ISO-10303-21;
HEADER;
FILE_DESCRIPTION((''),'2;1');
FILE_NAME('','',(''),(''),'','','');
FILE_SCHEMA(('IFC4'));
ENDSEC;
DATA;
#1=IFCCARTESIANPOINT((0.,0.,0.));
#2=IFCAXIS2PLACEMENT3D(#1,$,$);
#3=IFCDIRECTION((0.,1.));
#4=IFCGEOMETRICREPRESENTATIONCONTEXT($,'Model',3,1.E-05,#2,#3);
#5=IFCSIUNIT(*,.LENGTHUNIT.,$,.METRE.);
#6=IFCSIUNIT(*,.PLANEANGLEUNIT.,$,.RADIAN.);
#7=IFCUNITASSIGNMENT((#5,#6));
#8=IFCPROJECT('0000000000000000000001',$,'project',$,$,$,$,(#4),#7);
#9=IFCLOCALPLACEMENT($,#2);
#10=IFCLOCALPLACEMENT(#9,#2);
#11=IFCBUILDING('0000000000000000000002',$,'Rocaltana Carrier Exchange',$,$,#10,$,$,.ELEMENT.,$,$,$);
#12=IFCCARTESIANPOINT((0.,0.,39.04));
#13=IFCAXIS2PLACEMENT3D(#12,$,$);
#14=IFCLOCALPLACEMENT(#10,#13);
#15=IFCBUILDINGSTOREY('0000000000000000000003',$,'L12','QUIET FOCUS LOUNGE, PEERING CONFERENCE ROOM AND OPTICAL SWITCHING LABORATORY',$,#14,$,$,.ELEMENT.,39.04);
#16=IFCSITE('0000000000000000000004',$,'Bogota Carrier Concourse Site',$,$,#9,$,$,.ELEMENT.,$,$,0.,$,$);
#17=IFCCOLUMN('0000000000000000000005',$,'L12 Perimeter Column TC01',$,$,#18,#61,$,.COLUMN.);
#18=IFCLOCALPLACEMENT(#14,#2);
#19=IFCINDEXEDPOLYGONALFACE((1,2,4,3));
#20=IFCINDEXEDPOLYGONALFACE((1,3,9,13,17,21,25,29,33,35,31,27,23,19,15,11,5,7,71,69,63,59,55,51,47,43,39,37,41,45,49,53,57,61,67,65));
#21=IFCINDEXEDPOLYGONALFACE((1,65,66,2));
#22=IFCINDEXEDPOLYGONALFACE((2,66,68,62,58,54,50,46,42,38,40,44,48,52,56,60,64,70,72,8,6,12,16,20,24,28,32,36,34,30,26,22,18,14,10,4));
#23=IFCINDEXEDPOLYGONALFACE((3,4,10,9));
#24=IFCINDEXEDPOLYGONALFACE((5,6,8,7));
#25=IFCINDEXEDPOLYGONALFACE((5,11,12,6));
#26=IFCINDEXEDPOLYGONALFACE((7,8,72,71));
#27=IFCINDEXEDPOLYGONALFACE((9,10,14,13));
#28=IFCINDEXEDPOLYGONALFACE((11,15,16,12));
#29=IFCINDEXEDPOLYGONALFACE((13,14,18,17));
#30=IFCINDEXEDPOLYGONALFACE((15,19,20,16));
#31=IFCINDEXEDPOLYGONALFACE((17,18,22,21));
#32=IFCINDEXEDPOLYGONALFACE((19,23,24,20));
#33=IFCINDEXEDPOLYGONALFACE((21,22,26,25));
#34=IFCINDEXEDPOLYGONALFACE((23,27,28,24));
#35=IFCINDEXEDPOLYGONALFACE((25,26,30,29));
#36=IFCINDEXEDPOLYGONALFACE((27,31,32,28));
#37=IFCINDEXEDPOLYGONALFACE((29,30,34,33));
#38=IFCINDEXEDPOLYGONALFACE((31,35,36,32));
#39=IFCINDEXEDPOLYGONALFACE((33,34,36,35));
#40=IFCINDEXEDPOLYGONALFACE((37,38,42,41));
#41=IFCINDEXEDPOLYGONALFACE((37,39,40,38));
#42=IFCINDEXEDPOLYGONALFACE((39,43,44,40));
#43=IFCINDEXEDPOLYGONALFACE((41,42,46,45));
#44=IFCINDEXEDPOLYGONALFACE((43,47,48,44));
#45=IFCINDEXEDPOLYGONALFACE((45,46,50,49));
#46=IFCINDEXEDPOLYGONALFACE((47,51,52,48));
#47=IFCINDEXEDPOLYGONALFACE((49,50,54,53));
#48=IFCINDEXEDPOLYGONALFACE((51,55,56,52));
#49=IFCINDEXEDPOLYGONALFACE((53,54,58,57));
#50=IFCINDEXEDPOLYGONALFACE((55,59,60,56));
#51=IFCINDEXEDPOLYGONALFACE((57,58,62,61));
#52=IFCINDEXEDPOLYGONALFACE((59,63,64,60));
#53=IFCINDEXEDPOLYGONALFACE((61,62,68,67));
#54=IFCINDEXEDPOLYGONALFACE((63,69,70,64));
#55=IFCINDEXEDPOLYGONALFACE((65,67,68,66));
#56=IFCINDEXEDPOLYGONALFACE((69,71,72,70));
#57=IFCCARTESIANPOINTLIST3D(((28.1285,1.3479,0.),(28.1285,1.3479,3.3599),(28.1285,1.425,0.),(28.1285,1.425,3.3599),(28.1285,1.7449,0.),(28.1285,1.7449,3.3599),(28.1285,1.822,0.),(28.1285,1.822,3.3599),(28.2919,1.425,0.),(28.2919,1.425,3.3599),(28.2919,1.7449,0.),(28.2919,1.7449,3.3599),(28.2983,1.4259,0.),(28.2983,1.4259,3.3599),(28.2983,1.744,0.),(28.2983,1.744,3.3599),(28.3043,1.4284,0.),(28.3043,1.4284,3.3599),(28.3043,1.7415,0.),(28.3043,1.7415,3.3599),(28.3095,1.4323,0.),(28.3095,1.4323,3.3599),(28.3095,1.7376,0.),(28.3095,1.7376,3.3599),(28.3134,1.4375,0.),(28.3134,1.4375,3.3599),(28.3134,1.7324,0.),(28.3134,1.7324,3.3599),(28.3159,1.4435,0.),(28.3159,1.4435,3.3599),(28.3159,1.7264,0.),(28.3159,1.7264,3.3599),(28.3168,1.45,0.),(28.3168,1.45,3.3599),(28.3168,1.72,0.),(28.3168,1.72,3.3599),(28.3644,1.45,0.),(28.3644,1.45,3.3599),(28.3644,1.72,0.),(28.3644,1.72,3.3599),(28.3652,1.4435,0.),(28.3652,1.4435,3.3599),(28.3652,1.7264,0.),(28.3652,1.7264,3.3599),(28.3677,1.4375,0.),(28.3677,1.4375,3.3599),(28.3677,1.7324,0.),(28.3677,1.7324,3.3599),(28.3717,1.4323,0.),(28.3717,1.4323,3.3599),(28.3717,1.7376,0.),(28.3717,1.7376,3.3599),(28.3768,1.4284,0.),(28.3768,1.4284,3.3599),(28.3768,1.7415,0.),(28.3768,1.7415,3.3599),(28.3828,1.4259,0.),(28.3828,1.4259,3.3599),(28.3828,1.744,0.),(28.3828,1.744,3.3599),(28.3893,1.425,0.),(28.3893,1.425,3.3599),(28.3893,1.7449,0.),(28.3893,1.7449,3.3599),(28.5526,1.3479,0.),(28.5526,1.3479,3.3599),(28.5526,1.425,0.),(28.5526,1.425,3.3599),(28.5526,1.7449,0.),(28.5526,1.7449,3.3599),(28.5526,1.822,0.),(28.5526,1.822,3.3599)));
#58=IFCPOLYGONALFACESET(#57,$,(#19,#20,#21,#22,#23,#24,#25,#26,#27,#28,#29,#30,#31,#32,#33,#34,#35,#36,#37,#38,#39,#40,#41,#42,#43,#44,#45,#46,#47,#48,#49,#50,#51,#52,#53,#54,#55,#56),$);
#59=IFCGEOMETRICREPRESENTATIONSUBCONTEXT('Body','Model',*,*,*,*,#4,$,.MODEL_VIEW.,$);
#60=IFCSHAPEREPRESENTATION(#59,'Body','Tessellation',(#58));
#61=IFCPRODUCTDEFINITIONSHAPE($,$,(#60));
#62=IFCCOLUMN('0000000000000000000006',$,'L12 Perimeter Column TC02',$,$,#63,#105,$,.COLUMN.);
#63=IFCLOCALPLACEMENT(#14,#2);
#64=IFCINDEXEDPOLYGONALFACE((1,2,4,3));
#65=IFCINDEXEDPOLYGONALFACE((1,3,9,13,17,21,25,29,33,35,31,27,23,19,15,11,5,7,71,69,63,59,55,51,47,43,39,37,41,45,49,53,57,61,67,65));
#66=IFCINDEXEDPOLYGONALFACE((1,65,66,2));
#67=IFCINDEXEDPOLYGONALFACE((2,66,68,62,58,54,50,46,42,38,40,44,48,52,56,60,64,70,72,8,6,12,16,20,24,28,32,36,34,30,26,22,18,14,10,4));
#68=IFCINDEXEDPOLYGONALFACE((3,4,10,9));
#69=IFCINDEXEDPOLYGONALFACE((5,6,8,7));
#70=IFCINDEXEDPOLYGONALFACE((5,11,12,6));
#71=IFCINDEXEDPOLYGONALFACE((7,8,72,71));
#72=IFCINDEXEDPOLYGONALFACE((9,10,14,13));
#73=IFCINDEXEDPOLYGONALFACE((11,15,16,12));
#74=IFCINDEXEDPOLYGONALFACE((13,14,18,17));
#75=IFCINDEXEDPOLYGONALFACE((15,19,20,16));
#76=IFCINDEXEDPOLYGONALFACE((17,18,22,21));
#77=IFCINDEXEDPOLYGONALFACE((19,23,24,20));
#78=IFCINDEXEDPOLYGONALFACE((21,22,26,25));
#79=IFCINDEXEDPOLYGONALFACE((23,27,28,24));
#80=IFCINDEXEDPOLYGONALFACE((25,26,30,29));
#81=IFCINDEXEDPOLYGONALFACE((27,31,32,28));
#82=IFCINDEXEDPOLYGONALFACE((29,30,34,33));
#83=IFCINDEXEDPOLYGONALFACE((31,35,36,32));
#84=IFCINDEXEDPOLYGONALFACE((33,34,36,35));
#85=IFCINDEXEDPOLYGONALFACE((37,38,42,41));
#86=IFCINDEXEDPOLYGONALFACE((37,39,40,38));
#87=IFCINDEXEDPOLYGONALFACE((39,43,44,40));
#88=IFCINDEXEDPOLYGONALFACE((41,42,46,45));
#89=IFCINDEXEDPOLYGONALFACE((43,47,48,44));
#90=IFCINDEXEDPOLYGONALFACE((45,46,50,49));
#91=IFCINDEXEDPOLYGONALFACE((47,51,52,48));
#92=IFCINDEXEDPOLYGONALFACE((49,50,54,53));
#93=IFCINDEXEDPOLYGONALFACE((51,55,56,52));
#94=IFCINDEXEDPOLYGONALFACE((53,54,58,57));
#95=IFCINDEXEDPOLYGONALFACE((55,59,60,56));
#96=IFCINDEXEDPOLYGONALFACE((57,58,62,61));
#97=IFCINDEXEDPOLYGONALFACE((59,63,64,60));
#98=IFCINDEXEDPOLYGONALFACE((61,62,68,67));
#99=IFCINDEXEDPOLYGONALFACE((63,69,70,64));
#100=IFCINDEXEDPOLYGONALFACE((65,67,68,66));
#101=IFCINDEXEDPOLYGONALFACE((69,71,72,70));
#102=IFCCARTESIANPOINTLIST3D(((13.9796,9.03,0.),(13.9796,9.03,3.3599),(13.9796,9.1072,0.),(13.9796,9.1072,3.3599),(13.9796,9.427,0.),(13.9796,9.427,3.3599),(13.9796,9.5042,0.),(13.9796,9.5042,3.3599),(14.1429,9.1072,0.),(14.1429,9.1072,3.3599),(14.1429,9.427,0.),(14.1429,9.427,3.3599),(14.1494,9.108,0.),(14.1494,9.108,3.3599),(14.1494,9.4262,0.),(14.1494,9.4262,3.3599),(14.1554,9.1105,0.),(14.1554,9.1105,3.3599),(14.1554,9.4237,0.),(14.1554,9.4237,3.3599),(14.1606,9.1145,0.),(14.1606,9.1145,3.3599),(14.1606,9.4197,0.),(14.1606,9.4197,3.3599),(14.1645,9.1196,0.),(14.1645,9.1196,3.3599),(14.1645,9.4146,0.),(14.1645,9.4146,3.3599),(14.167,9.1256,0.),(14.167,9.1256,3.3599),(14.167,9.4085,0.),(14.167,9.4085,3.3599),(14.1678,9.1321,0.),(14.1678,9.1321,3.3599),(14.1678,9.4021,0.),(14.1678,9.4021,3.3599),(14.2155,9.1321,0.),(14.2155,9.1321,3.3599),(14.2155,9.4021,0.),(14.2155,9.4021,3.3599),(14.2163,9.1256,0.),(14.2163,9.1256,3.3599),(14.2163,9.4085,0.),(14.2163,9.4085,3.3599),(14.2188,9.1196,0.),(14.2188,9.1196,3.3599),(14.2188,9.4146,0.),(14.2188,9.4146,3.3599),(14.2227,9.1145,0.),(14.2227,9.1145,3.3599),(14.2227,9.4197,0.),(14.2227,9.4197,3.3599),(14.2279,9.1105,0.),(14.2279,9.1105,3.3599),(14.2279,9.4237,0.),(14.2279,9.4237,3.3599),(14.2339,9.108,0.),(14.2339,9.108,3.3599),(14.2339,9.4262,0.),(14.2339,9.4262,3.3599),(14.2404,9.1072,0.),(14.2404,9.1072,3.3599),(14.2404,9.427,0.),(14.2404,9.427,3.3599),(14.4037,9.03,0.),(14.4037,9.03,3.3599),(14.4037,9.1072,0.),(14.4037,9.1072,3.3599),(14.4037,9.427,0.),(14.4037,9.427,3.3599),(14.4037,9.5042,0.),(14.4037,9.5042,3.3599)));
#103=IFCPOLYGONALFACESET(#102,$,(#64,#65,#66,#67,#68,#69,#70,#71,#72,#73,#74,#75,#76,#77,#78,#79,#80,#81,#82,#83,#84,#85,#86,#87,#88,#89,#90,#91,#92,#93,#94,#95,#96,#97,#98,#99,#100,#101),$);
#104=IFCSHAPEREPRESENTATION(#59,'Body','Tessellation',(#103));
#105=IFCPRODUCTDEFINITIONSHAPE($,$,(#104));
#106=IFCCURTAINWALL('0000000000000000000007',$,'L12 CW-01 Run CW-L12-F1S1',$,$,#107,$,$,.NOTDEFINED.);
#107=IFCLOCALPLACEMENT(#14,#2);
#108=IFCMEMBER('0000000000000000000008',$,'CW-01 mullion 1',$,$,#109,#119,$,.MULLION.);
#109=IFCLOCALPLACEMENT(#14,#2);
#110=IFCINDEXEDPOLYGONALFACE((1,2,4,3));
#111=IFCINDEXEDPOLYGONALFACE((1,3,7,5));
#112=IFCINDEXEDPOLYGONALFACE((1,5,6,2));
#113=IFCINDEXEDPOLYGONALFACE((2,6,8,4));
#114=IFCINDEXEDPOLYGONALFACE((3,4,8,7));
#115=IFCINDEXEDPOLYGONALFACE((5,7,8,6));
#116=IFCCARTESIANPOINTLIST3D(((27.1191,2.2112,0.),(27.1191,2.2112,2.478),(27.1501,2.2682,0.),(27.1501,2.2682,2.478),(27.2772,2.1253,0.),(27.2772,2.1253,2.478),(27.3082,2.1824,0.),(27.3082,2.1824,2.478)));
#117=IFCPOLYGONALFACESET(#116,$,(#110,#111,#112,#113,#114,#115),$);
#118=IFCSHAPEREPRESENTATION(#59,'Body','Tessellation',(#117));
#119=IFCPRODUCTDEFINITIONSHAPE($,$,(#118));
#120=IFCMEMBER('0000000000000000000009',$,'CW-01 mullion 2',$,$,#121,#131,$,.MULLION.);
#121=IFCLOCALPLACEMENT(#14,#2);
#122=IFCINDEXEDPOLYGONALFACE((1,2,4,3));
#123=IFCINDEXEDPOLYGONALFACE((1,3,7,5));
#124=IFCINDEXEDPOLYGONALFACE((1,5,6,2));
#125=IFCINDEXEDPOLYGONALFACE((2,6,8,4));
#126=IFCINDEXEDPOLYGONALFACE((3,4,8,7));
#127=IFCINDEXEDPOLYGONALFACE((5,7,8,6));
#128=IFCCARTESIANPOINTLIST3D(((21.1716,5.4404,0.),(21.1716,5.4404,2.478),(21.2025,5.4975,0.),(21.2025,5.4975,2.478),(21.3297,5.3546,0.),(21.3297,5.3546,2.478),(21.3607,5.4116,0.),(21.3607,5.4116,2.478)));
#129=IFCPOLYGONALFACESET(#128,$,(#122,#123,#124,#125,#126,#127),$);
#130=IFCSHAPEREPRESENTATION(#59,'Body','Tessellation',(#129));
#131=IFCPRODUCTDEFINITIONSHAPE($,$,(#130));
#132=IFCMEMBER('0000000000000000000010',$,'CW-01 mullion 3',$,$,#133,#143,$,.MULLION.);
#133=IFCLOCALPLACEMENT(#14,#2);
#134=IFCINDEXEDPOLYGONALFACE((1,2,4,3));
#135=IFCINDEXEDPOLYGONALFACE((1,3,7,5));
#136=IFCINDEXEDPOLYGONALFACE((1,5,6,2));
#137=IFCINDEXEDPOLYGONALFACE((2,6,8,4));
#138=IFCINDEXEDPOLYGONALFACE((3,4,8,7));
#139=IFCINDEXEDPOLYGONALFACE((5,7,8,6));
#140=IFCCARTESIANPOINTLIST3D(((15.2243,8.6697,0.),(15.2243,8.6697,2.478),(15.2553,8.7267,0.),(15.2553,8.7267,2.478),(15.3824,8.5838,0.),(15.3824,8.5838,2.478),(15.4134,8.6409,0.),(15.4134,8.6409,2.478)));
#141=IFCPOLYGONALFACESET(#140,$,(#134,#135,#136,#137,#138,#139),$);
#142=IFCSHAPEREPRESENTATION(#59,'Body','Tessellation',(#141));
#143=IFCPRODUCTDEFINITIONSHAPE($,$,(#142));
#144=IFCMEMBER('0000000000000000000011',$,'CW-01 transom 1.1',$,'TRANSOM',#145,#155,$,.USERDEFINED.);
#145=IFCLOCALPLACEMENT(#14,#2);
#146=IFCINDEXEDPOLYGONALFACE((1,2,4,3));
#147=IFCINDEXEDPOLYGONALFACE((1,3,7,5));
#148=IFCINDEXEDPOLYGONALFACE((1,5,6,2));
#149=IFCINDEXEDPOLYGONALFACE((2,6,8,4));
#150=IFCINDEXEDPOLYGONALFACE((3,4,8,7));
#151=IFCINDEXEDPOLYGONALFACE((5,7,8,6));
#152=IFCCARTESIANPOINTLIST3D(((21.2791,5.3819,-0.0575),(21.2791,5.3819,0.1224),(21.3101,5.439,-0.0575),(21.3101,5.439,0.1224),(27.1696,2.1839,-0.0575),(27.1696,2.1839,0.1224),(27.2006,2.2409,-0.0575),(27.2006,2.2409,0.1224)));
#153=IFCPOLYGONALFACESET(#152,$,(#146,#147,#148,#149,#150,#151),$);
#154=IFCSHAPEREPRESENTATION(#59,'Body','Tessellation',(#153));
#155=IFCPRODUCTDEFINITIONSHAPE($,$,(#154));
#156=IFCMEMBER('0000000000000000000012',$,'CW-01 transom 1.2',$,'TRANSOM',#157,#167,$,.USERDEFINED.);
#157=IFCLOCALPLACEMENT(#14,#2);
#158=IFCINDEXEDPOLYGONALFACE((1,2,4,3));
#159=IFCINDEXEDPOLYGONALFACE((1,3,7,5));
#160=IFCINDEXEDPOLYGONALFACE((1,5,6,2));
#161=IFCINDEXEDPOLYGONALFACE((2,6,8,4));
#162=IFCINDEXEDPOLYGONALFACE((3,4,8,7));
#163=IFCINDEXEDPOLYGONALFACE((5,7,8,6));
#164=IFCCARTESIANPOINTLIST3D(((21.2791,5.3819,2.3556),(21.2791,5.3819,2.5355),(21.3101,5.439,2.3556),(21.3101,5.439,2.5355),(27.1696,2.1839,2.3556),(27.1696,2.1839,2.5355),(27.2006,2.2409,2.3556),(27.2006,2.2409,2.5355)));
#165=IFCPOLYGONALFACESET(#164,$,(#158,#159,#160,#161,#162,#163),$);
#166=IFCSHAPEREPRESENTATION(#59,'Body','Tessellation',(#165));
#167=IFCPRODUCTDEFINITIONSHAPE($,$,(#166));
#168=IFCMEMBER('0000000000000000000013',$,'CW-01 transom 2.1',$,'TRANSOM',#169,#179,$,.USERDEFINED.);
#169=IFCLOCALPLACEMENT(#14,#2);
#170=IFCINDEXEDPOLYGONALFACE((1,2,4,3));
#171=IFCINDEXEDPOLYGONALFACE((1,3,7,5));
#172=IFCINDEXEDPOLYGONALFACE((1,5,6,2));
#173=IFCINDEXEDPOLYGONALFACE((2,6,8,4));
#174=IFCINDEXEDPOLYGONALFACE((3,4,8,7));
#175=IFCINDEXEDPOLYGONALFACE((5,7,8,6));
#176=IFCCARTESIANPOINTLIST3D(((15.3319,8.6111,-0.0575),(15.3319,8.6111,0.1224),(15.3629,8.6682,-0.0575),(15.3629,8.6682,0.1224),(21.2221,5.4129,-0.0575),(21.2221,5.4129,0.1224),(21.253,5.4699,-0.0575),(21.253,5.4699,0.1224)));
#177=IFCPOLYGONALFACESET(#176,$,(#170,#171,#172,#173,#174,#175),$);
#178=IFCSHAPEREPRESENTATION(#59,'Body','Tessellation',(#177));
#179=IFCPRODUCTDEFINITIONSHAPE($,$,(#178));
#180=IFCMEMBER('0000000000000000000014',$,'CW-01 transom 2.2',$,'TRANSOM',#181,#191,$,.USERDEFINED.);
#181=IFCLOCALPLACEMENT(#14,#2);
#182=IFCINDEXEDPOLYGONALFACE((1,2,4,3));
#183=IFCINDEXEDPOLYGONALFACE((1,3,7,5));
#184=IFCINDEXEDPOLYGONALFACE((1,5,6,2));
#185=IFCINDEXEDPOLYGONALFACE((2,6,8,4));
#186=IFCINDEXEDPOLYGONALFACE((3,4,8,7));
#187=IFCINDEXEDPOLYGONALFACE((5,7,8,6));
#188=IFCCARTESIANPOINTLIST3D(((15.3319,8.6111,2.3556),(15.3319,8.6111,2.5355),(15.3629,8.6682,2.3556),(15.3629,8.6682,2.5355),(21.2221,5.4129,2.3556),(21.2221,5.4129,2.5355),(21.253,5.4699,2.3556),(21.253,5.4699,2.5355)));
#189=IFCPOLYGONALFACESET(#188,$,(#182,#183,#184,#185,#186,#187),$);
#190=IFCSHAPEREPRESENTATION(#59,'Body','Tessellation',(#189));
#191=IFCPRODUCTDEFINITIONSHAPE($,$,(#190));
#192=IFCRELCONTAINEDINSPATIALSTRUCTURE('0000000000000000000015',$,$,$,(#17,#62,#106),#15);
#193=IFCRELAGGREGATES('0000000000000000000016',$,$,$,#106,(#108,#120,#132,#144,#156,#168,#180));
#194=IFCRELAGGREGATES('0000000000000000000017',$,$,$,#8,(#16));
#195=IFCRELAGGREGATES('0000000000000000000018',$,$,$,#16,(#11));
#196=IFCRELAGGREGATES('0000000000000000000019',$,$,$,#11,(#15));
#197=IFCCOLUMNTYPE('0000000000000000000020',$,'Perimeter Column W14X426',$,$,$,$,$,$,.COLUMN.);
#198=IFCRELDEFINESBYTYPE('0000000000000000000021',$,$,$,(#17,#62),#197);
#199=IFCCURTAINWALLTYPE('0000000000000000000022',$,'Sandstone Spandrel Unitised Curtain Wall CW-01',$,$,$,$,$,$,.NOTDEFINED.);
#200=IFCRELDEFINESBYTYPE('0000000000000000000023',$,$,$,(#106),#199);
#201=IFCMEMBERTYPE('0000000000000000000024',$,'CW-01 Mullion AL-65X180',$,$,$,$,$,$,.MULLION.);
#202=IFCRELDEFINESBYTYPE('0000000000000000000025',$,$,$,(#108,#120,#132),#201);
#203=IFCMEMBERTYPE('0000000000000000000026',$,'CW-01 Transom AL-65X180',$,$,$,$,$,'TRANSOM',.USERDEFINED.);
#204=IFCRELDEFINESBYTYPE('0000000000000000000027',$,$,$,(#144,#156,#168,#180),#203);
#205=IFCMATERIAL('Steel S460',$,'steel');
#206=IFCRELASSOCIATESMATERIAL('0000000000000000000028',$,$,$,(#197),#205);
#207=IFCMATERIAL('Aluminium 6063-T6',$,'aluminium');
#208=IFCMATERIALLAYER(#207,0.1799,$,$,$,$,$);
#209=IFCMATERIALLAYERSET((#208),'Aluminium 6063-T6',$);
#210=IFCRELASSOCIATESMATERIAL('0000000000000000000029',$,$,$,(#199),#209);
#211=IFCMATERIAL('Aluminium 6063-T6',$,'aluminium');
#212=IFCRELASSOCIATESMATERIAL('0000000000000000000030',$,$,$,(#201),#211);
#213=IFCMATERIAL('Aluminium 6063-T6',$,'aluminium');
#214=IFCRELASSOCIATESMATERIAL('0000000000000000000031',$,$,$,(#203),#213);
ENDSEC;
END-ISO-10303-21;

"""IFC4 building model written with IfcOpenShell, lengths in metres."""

from ifc_helpers import new_model, si_unit, direction, frame, origin, origin_2d, place, context, subcontext, project, spatial, rectangle, i_section, extrude, material, layer, layer_set, material_profile, profile_set, type_object, element, aggregate, save


model = new_model("IFC4")

# Units and contexts
model_context = context("Model", 3, precision=1e-05, world=origin(), true_north=direction((0.0, 1.0)))
body_context = subcontext(model_context, "Body", "Model", "MODEL_VIEW")
ifc_project = project(units=[si_unit("LENGTHUNIT", "METRE"), si_unit("PLANEANGLEUNIT", "RADIAN")], contexts=[model_context])

# Site, building, storey
site_placement = place(None, origin())
site = spatial("IfcSite", under=ifc_project, at=site_placement, Name="Bogota Carrier Concourse Site", CompositionType="ELEMENT", RefElevation=0.0)
building_placement = place(site_placement, origin())
building = spatial("IfcBuilding", under=site, at=building_placement, Name="Rocaltana Carrier Exchange", CompositionType="ELEMENT")
storey_placement = place(building_placement, frame((0.0, 0.0, 39.04)))
storey = spatial("IfcBuildingStorey", under=building, at=storey_placement, Name="L12", Description="QUIET FOCUS LOUNGE, PEERING CONFERENCE ROOM AND OPTICAL SWITCHING LABORATORY", CompositionType="ELEMENT", Elevation=39.04)

# Columns
ifc_material_1 = material(Name="Steel S460", Category="steel")
ifc_material_profile_1 = material_profile(ifc_material_1, i_section(OverallWidth=0.4241, OverallDepth=0.4741, WebThickness=0.0476, FlangeThickness=0.0771, FilletRadius=0.0249, at=origin_2d()), Name="W14X426")
ifc_profile_set_1 = profile_set([ifc_material_profile_1], Name="Steel S460")
column_type = type_object("IfcColumnType", Name="Perimeter Column W14X426", PredefinedType="COLUMN", material=ifc_profile_set_1)
for number, where, z_axis, x_axis, name in (
    (1, (28.3406, 1.585, 0.0), (0.0, 0.0, 1.0), (1.0, 0.0, 0.0), "L12 Perimeter Column TC01"),
    (2, (14.1917, 9.2671, 0.0), (0.0, 0.0, 1.0), (1.0, 0.0, 0.0), "L12 Perimeter Column TC02"),
):
    element("IfcColumn", number, at=place(storey_placement, frame(where, z_axis=z_axis, x_axis=x_axis)), inside=storey, type_object=column_type, Name=name, PredefinedType="COLUMN", context=body_context, shape_type="SweptSolid", body=[
        extrude(i_section(OverallWidth=0.4241, OverallDepth=0.4741, WebThickness=0.0476, FlangeThickness=0.0771, FilletRadius=0.0249, at=origin_2d()), origin(), (0.0, 0.0, 1.0), 3.3599),
    ])

# Curtain wall, members
ifc_material_2 = material(Name="Aluminium 6063-T6", Category="aluminium")
ifc_layer_1 = layer(ifc_material_2, 0.1799)
ifc_layer_set_1 = layer_set([ifc_layer_1], Name="Aluminium 6063-T6")
curtain_wall_type = type_object("IfcCurtainWallType", Name="Sandstone Spandrel Unitised Curtain Wall CW-01", PredefinedType="NOTDEFINED", material=ifc_layer_set_1)
curtain_wall_placement = place(storey_placement, origin())
curtain_wall = element("IfcCurtainWall", 3, at=curtain_wall_placement, inside=storey, type_object=curtain_wall_type, Name="L12 CW-01 Run CW-L12-F1S1", PredefinedType="NOTDEFINED")
ifc_material_3 = material(Name="Aluminium 6063-T6", Category="aluminium")
ifc_material_profile_2 = material_profile(ifc_material_3, rectangle(XDim=0.0649, YDim=0.1799, at=origin_2d()), Name="AL-65X180")
ifc_profile_set_2 = profile_set([ifc_material_profile_2], Name="Aluminium 6063-T6")
member_type_1 = type_object("IfcMemberType", Name="CW-01 Mullion AL-65X180", PredefinedType="MULLION", material=ifc_profile_set_2)
member_1_placement = place(storey_placement, frame((27.2136, 2.1968, 0.0), z_axis=(0.0, 0.0, 1.0), x_axis=(-0.477161, -0.878816, 0.0)))
member_1 = element("IfcMember", 4, at=member_1_placement, type_object=member_type_1, Name="CW-01 mullion 1", PredefinedType="MULLION", context=body_context, shape_type="SweptSolid", body=[
    extrude(rectangle(XDim=0.0649, YDim=0.1799, at=origin_2d()), origin(), (0.0, 0.0, 1.0), 2.478),
])
member_2_placement = place(storey_placement, frame((21.2661, 5.426, 0.0), z_axis=(0.0, 0.0, 1.0), x_axis=(-0.477161, -0.878816, 0.0)))
member_2 = element("IfcMember", 5, at=member_2_placement, type_object=member_type_1, Name="CW-01 mullion 2", PredefinedType="MULLION", context=body_context, shape_type="SweptSolid", body=[
    extrude(rectangle(XDim=0.0649, YDim=0.1799, at=origin_2d()), origin(), (0.0, 0.0, 1.0), 2.478),
])
member_3_placement = place(storey_placement, frame((15.3188, 8.6553, 0.0), z_axis=(0.0, 0.0, 1.0), x_axis=(-0.477161, -0.878816, 0.0)))
member_3 = element("IfcMember", 6, at=member_3_placement, type_object=member_type_1, Name="CW-01 mullion 3", PredefinedType="MULLION", context=body_context, shape_type="SweptSolid", body=[
    extrude(rectangle(XDim=0.0649, YDim=0.1799, at=origin_2d()), origin(), (0.0, 0.0, 1.0), 2.478),
])
ifc_material_4 = material(Name="Aluminium 6063-T6", Category="aluminium")
ifc_material_profile_3 = material_profile(ifc_material_4, rectangle(XDim=0.0649, YDim=0.1799, at=origin_2d()), Name="AL-65X180")
ifc_profile_set_3 = profile_set([ifc_material_profile_3], Name="Aluminium 6063-T6")
member_type_2 = type_object("IfcMemberType", Name="CW-01 Transom AL-65X180", ElementType="TRANSOM", PredefinedType="USERDEFINED", material=ifc_profile_set_3)
member_4_placement = place(storey_placement, frame((27.1851, 2.2124, 0.0325), z_axis=(-0.878831, 0.477134, 0.0), x_axis=(-0.477134, -0.878831, 0.0)))
member_4 = element("IfcMember", 7, at=member_4_placement, type_object=member_type_2, Name="CW-01 transom 1.1", ObjectType="TRANSOM", PredefinedType="USERDEFINED", context=body_context, shape_type="SweptSolid", body=[
    extrude(rectangle(XDim=0.0649, YDim=0.1799, at=origin_2d()), origin(), (0.0, 0.0, 1.0), 6.7026),
])
member_5_placement = place(storey_placement, frame((27.1851, 2.2124, 2.4456), z_axis=(-0.878831, 0.477134, 0.0), x_axis=(-0.477134, -0.878831, 0.0)))
member_5 = element("IfcMember", 8, at=member_5_placement, type_object=member_type_2, Name="CW-01 transom 1.2", ObjectType="TRANSOM", PredefinedType="USERDEFINED", context=body_context, shape_type="SweptSolid", body=[
    extrude(rectangle(XDim=0.0649, YDim=0.1799, at=origin_2d()), origin(), (0.0, 0.0, 1.0), 6.7026),
])
member_6_placement = place(storey_placement, frame((21.2375, 5.4414, 0.0325), z_axis=(-0.878807, 0.477177, 0.0), x_axis=(-0.477177, -0.878807, 0.0)))
member_6 = element("IfcMember", 9, at=member_6_placement, type_object=member_type_2, Name="CW-01 transom 2.1", ObjectType="TRANSOM", PredefinedType="USERDEFINED", context=body_context, shape_type="SweptSolid", body=[
    extrude(rectangle(XDim=0.0649, YDim=0.1799, at=origin_2d()), origin(), (0.0, 0.0, 1.0), 6.7024),
])
member_7_placement = place(storey_placement, frame((21.2375, 5.4414, 2.4456), z_axis=(-0.878807, 0.477177, 0.0), x_axis=(-0.477177, -0.878807, 0.0)))
member_7 = element("IfcMember", 10, at=member_7_placement, type_object=member_type_2, Name="CW-01 transom 2.2", ObjectType="TRANSOM", PredefinedType="USERDEFINED", context=body_context, shape_type="SweptSolid", body=[
    extrude(rectangle(XDim=0.0649, YDim=0.1799, at=origin_2d()), origin(), (0.0, 0.0, 1.0), 6.7024),
])

aggregate(curtain_wall, [member_1, member_2, member_3, member_4, member_5, member_6, member_7])

save(model, "model.ifc")
